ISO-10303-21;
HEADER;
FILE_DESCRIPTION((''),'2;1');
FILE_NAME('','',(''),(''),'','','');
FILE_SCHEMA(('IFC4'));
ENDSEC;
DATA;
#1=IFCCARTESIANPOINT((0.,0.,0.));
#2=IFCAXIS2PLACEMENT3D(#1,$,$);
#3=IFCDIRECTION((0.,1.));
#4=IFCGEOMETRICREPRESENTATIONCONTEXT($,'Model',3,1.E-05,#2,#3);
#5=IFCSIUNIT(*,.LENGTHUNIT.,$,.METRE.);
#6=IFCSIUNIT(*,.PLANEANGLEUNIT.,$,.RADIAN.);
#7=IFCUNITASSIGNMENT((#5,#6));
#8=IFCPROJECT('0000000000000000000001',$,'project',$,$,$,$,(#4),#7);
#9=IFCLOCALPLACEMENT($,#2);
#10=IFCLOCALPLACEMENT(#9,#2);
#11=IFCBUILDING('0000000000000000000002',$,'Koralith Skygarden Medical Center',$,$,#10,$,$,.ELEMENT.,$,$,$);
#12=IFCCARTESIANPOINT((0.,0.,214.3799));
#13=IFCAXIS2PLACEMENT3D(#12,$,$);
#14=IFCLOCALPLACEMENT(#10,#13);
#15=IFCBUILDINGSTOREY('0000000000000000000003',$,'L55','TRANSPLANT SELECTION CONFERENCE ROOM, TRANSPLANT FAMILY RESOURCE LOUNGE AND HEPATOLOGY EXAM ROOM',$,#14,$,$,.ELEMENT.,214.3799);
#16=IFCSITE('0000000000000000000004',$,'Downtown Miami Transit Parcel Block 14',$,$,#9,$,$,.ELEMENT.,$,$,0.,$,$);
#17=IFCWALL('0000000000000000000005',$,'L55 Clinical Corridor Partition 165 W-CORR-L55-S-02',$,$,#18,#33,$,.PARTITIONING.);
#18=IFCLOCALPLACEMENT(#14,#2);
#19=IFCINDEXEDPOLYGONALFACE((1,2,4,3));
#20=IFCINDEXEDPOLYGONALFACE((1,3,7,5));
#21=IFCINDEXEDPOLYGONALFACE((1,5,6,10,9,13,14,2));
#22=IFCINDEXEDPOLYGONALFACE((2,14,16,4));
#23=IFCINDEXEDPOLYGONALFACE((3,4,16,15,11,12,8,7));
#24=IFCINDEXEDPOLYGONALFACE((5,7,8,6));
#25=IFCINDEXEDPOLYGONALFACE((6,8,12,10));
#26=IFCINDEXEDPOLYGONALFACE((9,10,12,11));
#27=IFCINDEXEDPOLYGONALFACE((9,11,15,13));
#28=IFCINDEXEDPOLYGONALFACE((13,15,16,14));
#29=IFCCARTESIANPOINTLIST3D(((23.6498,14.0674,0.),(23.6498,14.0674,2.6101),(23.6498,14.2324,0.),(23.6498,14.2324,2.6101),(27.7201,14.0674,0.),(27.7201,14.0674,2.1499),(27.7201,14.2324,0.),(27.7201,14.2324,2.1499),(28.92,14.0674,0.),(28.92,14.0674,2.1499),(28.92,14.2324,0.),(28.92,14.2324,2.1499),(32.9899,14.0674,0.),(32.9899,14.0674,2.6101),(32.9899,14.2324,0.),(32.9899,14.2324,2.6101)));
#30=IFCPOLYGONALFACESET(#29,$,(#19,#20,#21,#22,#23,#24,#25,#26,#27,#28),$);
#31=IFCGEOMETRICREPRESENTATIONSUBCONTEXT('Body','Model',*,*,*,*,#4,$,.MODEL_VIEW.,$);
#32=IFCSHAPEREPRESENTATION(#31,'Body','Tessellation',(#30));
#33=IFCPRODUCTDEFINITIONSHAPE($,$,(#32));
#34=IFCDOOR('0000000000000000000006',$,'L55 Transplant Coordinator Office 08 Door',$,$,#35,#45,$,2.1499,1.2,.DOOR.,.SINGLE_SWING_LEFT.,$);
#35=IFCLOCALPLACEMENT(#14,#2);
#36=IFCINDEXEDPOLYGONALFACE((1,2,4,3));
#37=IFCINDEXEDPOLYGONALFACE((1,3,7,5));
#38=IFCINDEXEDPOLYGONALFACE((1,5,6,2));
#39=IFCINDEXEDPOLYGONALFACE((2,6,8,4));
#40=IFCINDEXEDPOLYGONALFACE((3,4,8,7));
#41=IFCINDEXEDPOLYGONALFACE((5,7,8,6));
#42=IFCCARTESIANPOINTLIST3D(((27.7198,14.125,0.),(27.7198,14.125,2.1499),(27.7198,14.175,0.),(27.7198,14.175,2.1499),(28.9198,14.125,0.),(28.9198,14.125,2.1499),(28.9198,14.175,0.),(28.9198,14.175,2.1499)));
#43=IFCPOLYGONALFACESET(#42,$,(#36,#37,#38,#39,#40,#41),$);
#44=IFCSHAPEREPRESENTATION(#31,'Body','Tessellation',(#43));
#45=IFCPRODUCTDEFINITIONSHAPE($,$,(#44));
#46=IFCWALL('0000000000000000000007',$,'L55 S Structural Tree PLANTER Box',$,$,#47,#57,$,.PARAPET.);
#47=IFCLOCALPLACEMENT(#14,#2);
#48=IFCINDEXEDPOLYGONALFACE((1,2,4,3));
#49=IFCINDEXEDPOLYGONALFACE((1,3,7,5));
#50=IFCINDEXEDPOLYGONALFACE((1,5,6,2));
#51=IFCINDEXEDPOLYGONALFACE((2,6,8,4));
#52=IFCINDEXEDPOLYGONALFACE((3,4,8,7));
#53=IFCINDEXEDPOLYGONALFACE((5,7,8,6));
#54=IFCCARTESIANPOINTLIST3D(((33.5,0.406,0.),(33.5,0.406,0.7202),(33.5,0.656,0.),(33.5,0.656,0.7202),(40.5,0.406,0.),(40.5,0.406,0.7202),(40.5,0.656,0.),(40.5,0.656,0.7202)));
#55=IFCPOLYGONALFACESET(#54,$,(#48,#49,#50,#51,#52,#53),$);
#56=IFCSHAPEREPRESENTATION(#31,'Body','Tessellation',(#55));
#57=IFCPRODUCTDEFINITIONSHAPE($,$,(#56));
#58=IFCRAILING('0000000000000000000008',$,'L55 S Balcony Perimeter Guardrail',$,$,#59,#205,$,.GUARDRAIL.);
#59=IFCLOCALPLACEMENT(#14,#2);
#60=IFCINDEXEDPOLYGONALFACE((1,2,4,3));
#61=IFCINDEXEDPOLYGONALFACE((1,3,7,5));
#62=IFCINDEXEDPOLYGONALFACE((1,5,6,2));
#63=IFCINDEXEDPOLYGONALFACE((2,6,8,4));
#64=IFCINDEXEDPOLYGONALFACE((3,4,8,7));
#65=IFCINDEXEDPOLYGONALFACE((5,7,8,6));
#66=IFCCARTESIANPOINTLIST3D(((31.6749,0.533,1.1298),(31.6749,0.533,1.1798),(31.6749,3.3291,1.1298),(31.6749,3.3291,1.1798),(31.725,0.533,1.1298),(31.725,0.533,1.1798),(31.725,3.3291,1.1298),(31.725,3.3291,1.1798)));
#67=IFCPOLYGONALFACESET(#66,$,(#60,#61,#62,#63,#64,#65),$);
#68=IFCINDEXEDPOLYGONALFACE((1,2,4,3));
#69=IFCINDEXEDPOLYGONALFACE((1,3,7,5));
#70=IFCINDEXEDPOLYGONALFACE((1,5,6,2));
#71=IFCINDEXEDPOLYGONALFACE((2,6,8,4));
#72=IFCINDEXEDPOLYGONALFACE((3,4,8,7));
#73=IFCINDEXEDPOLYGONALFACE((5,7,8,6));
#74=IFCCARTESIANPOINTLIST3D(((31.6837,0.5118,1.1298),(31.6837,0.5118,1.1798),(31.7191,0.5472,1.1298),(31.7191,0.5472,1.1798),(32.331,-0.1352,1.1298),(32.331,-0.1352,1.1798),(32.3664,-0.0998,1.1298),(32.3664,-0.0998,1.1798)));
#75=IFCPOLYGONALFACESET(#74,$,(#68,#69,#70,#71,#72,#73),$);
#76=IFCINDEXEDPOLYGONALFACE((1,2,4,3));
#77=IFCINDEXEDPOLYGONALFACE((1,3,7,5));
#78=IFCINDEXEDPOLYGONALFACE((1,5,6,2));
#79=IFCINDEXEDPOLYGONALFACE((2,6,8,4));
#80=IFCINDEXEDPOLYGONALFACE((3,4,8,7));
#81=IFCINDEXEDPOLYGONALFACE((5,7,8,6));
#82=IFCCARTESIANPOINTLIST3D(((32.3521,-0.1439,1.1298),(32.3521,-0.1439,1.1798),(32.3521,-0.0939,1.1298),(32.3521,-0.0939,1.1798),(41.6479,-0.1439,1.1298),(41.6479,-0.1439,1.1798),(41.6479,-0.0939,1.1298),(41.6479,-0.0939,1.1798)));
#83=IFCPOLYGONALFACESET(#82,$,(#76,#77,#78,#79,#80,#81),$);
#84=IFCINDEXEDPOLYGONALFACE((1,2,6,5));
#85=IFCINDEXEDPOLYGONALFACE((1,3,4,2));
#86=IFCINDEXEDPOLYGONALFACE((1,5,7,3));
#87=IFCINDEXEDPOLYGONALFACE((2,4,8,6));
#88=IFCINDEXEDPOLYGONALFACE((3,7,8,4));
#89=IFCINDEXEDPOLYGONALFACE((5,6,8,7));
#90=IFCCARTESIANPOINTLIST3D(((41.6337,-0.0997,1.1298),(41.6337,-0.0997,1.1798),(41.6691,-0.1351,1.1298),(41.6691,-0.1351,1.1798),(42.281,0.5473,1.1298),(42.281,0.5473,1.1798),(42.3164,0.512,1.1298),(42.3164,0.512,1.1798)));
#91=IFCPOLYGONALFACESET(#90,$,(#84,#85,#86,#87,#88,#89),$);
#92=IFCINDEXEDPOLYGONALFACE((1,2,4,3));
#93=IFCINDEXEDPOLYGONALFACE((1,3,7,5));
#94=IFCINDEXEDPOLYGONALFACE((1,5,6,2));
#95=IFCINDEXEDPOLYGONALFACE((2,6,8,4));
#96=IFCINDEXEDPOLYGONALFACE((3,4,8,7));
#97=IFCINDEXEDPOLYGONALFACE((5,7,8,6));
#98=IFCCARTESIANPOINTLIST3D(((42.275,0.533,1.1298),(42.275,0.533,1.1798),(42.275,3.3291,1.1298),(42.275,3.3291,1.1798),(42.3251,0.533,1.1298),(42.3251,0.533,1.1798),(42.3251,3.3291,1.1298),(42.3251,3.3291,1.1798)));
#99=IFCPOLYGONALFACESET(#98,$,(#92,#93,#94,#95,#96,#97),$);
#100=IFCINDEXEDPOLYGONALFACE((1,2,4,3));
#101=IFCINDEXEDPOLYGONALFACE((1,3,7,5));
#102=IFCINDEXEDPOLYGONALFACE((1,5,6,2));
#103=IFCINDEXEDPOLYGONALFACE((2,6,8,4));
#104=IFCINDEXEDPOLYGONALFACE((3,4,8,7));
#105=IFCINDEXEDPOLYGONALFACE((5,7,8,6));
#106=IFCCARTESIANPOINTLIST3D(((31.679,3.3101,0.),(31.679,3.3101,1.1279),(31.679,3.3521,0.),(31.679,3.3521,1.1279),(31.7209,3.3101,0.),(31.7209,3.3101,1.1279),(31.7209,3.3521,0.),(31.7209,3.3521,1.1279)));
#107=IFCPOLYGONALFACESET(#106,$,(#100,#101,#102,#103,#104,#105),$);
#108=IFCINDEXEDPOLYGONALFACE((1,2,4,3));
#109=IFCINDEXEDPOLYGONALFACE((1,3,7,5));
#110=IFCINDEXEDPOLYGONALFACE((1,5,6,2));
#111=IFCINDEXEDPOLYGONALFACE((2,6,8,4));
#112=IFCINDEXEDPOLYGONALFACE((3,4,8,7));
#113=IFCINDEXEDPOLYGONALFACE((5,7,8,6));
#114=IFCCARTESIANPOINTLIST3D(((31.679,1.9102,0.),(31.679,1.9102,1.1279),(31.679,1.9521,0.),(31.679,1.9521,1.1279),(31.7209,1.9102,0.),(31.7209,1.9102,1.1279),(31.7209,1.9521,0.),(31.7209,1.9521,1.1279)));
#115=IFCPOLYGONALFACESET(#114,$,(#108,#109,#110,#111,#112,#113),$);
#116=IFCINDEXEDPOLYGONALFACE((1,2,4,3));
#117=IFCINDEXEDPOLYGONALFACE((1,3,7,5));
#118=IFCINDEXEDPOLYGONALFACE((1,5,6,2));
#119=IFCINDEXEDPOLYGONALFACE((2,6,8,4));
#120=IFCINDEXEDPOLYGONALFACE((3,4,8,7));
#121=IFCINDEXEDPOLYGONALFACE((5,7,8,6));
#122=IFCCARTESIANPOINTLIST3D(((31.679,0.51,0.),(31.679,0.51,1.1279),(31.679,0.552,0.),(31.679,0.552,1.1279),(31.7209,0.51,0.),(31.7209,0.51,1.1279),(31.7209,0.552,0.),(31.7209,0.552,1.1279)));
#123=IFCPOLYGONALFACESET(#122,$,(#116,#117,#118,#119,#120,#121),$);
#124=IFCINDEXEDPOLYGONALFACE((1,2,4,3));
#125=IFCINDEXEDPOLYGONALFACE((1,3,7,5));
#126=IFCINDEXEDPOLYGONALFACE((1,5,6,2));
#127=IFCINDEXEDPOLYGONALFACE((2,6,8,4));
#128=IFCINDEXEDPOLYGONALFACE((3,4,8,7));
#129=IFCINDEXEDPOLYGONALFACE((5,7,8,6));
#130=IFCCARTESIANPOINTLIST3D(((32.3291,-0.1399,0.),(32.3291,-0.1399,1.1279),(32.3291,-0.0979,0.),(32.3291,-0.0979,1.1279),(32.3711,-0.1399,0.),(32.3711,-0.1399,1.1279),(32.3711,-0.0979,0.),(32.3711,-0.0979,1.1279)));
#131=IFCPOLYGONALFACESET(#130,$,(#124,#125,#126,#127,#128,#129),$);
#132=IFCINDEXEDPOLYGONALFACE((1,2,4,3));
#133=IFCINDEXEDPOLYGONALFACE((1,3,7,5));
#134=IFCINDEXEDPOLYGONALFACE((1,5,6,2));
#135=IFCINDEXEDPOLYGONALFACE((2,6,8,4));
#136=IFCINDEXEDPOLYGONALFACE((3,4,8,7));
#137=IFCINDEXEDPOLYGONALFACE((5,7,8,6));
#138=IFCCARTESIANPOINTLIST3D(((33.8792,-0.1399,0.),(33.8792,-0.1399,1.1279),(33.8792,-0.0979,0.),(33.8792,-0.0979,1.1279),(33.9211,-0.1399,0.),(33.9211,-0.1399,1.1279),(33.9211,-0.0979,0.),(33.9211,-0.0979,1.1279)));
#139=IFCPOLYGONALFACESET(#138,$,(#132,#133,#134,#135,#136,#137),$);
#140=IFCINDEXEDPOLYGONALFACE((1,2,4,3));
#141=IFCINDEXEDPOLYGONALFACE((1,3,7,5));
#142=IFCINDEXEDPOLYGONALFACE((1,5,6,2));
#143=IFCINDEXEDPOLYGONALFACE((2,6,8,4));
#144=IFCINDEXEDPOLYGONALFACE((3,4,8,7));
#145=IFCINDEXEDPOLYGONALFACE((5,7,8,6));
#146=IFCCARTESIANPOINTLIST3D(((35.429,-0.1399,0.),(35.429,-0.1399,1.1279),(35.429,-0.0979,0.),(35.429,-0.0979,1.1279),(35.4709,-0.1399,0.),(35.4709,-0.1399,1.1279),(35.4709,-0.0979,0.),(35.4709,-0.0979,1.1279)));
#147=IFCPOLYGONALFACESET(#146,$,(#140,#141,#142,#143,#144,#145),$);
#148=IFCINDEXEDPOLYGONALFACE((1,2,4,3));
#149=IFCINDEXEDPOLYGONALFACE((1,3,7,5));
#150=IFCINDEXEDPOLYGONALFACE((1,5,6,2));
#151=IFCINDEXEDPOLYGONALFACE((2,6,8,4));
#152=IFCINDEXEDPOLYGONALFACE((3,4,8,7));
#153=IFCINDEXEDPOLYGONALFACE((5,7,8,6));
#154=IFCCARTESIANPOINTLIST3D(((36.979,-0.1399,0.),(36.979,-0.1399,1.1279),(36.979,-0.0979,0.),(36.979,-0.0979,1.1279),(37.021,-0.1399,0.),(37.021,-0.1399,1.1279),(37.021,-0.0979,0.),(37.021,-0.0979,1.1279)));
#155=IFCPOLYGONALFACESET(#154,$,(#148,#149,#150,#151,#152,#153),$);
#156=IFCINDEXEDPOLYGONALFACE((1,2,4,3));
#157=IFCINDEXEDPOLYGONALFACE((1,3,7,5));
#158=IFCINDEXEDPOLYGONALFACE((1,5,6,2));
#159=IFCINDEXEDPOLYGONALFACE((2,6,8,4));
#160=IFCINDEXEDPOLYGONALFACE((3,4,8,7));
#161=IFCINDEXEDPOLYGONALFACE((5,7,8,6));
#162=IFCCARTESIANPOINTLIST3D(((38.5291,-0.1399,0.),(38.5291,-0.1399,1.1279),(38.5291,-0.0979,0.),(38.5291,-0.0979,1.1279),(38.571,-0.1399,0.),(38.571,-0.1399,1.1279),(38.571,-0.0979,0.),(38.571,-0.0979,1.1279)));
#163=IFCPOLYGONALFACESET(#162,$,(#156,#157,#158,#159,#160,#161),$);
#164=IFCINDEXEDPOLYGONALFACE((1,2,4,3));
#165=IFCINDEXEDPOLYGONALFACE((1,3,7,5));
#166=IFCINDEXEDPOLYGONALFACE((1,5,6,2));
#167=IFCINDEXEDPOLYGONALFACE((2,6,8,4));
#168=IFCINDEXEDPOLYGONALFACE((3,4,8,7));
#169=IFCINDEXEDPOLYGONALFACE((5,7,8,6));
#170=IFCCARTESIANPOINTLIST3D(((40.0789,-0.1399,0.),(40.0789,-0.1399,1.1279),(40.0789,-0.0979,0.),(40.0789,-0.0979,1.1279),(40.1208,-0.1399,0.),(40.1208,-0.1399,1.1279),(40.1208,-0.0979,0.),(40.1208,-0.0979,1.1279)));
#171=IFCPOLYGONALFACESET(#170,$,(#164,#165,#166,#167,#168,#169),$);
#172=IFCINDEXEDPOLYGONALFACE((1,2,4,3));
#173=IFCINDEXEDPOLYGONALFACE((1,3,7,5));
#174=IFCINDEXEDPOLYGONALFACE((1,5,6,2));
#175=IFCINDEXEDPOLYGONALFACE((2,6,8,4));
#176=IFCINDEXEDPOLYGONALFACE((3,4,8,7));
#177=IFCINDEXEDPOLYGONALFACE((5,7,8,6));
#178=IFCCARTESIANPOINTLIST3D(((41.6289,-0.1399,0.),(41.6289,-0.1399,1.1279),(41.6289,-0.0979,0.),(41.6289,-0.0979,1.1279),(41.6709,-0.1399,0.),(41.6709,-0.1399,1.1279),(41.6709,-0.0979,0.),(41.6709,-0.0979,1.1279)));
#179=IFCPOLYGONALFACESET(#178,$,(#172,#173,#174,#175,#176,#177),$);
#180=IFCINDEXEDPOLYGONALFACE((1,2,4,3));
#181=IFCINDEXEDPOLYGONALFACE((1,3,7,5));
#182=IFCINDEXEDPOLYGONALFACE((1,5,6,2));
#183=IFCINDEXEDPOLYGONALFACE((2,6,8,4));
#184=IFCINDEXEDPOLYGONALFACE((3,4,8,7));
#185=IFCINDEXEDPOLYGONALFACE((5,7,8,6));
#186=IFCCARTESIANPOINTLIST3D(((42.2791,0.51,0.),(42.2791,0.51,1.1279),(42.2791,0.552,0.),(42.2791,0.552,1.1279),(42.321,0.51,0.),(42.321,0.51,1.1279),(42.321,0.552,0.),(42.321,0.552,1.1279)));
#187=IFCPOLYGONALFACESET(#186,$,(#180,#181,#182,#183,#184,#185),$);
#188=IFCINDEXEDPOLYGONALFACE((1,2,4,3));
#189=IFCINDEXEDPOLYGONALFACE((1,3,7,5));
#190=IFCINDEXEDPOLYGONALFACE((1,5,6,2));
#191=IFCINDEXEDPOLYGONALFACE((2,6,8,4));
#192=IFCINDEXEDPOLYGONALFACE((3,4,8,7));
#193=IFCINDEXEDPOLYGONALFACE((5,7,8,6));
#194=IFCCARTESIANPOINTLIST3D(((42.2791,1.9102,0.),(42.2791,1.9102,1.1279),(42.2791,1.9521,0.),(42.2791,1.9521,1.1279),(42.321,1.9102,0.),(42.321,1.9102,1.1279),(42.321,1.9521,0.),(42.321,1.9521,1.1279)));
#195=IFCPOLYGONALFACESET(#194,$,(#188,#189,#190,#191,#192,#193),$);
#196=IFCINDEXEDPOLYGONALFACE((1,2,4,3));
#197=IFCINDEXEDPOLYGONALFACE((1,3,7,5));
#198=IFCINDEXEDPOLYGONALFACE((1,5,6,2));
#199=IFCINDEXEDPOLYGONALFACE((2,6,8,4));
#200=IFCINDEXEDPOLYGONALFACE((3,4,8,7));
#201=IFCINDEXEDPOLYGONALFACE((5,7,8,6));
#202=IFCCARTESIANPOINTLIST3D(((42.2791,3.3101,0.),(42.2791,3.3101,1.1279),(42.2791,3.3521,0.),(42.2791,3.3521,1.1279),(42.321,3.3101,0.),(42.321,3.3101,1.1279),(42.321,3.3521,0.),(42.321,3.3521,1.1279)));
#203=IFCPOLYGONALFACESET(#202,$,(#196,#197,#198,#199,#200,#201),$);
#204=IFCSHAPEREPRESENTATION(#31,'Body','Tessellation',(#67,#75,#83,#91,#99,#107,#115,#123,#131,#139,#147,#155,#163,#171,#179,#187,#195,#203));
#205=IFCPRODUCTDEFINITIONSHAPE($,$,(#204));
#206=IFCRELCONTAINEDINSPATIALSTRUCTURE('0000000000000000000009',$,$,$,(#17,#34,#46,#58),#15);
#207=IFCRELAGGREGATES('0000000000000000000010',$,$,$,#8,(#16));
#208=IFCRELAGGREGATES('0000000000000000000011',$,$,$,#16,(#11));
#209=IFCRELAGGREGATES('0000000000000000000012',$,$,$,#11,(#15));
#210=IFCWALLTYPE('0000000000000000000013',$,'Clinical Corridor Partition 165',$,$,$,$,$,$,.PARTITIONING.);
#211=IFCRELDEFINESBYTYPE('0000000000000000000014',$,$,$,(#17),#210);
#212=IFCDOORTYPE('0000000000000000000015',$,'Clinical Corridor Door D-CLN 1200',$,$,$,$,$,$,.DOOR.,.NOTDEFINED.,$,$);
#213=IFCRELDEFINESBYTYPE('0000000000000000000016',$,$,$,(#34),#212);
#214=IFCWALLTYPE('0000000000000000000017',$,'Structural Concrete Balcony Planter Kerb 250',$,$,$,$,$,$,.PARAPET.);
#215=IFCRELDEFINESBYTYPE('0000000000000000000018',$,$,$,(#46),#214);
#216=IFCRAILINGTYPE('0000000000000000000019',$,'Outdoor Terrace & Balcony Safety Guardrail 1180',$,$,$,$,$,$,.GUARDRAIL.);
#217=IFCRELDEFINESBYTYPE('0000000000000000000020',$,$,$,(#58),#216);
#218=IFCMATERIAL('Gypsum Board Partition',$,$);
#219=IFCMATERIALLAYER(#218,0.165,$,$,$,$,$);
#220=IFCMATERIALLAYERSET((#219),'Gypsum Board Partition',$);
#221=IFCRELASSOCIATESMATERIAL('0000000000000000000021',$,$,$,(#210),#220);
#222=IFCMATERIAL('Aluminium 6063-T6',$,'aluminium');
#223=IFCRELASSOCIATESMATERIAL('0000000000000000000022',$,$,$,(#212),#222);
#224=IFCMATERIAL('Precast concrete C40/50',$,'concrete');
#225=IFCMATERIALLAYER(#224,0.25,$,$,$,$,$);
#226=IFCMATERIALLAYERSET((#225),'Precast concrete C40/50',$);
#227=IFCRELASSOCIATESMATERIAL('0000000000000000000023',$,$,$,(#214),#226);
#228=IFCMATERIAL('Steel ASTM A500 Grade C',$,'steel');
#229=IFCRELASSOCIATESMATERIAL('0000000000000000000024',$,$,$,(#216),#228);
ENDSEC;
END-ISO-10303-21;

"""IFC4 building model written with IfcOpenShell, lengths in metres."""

from ifc_helpers import new_model, si_unit, direction, frame, frame_2d, origin, origin_2d, place, context, subcontext, project, spatial, rectangle, extrude, material, layer, layer_set, type_object, element, fill, save


model = new_model("IFC4")

# Units and contexts
model_context = context("Model", 3, precision=1e-05, world=origin(), true_north=direction((0.0, 1.0)))
body_context = subcontext(model_context, "Body", "Model", "MODEL_VIEW")
ifc_project = project(units=[si_unit("LENGTHUNIT", "METRE"), si_unit("PLANEANGLEUNIT", "RADIAN")], contexts=[model_context])

# Site, building, storey
site_placement = place(None, origin())
site = spatial("IfcSite", under=ifc_project, at=site_placement, Name="Downtown Miami Transit Parcel Block 14", CompositionType="ELEMENT", RefElevation=0.0)
building_placement = place(site_placement, origin())
building = spatial("IfcBuilding", under=site, at=building_placement, Name="Koralith Skygarden Medical Center", CompositionType="ELEMENT")
storey_placement = place(building_placement, frame((0.0, 0.0, 214.3799)))
storey = spatial("IfcBuildingStorey", under=building, at=storey_placement, Name="L55", Description="TRANSPLANT SELECTION CONFERENCE ROOM, TRANSPLANT FAMILY RESOURCE LOUNGE AND HEPATOLOGY EXAM ROOM", CompositionType="ELEMENT", Elevation=214.3799)

# Shared definitions
ifc_material_1 = material(Name="Aluminium 6063-T6", Category="aluminium")

# Shared definitions
ifc_material_2 = material(Name="Gypsum Board Partition")

# Wall, opening, door
ifc_layer_1 = layer(ifc_material_2, 0.165)
ifc_layer_set_1 = layer_set([ifc_layer_1], Name="Gypsum Board Partition")
wall_type_1 = type_object("IfcWallType", Name="Clinical Corridor Partition 165", PredefinedType="PARTITIONING", material=ifc_layer_set_1)
wall_1_placement = place(storey_placement, frame((23.6499, 14.1499, 0.0), z_axis=(0.0, 0.0, 1.0), x_axis=(1.0, 0.0, 0.0)))
wall_1 = element("IfcWall", 1, at=wall_1_placement, inside=storey, type_object=wall_type_1, Name="L55 Clinical Corridor Partition 165 W-CORR-L55-S-02", PredefinedType="PARTITIONING", context=body_context, shape_type="SweptSolid", body=[
    extrude(rectangle(XDim=9.3401, YDim=0.165, at=frame_2d((4.6699, 0.0))), origin(), (0.0, 0.0, 1.0), 2.6101),
])
opening_1_placement = place(wall_1_placement, frame((4.0701, 0.0, 0.0)))
opening_1 = element("IfcOpeningElement", 2, at=opening_1_placement, cuts=wall_1, PredefinedType="OPENING", context=body_context, shape_type="SweptSolid", body=[
    extrude(rectangle(XDim=1.2, YDim=2.1499, at=frame_2d((0.6001, 1.075))), frame((0.0, 0.0925, 0.0), z_axis=(0.0, -1.0, 0.0), x_axis=(1.0, 0.0, 0.0)), (0.0, 0.0, 1.0), 0.1851),
])
door_type_1 = type_object("IfcDoorType", Name="Clinical Corridor Door D-CLN 1200", OperationType="NOTDEFINED", PredefinedType="DOOR", material=ifc_material_1)
door_1_placement = place(opening_1_placement, frame((1.2, 0.0, 0.0), z_axis=(0.0, 0.0, 1.0), x_axis=(-1.0, 0.0, 0.0)))
door_1 = element("IfcDoor", 3, at=door_1_placement, inside=storey, type_object=door_type_1, Name="L55 Transplant Coordinator Office 08 Door", OperationType="SINGLE_SWING_LEFT", OverallHeight=2.1499, OverallWidth=1.2, PredefinedType="DOOR", context=body_context, shape_type="SweptSolid", body=[
    extrude(rectangle(XDim=1.2, YDim=2.1499, at=frame_2d((0.6001, 1.075))), frame((0.0, 0.0249, 0.0), z_axis=(0.0, -1.0, 0.0), x_axis=(1.0, 0.0, 0.0)), (0.0, 0.0, 1.0), 0.05),
])
fill(opening_1, door_1)

# Wall
ifc_material_3 = material(Name="Precast concrete C40/50", Category="concrete")
ifc_layer_2 = layer(ifc_material_3, 0.25)
ifc_layer_set_2 = layer_set([ifc_layer_2], Name="Precast concrete C40/50")
wall_type_2 = type_object("IfcWallType", Name="Structural Concrete Balcony Planter Kerb 250", PredefinedType="PARAPET", material=ifc_layer_set_2)
wall_2_placement = place(storey_placement, frame((33.5, 0.531, 0.0), z_axis=(0.0, 0.0, 1.0), x_axis=(1.0, 0.0, 0.0)))
element("IfcWall", 4, at=wall_2_placement, inside=storey, type_object=wall_type_2, Name="L55 S Structural Tree PLANTER Box", PredefinedType="PARAPET", context=body_context, shape_type="SweptSolid", body=[
    extrude(rectangle(XDim=7.0, YDim=0.25, at=frame_2d((3.5, 0.0))), origin(), (0.0, 0.0, 1.0), 0.7202),
])

# Railing
ifc_material_4 = material(Name="Steel ASTM A500 Grade C", Category="steel")
railing_type = type_object("IfcRailingType", Name="Outdoor Terrace & Balcony Safety Guardrail 1180", PredefinedType="GUARDRAIL", material=ifc_material_4)
railing_placement = place(storey_placement, frame((31.7, 3.3311, 0.0)))
element("IfcRailing", 5, at=railing_placement, inside=storey, type_object=railing_type, Name="L55 S Balcony Perimeter Guardrail", PredefinedType="GUARDRAIL", context=body_context, shape_type="SweptSolid", body=[
    extrude(rectangle(XDim=0.05, YDim=0.05, at=origin_2d()), frame((0.0, -0.002, 1.1548), z_axis=(0.0, -1.0, 0.0), x_axis=(1.0, 0.0, 0.0)), (0.0, 0.0, 1.0), 2.7961),
    extrude(rectangle(XDim=0.05, YDim=0.05, at=origin_2d()), frame((0.0015, -2.8015, 1.1548), z_axis=(0.70724, -0.706974, 0.0), x_axis=(0.706974, 0.70724, 0.0)), (0.0, 0.0, 1.0), 0.9153),
    extrude(rectangle(XDim=0.05, YDim=0.05, at=origin_2d()), frame((0.6521, -3.45, 1.1548), z_axis=(1.0, 0.0, 0.0), x_axis=(0.0, 1.0, 0.0)), (0.0, 0.0, 1.0), 9.2959),
    extrude(rectangle(XDim=0.05, YDim=0.05, at=origin_2d()), frame((9.9514, -3.4485, 1.1548), z_axis=(0.70724, 0.706974, 0.0), x_axis=(-0.706974, 0.70724, 0.0)), (0.0, 0.0, 1.0), 0.9153),
    extrude(rectangle(XDim=0.05, YDim=0.05, at=origin_2d()), frame((10.6001, -2.7981, 1.1548), z_axis=(0.0, 1.0, 0.0), x_axis=(-1.0, 0.0, 0.0)), (0.0, 0.0, 1.0), 2.7961),
    extrude(rectangle(XDim=0.042, YDim=0.042, at=origin_2d()), origin(), (0.0, 0.0, 1.0), 1.1279),
    extrude(rectangle(XDim=0.042, YDim=0.042, at=origin_2d()), frame((0.0, -1.3999, 0.0)), (0.0, 0.0, 1.0), 1.1279),
    extrude(rectangle(XDim=0.042, YDim=0.042, at=origin_2d()), frame((0.0, -2.8, 0.0)), (0.0, 0.0, 1.0), 1.1279),
    extrude(rectangle(XDim=0.042, YDim=0.042, at=origin_2d()), frame((0.6501, -3.45, 0.0)), (0.0, 0.0, 1.0), 1.1279),
    extrude(rectangle(XDim=0.042, YDim=0.042, at=origin_2d()), frame((2.2002, -3.45, 0.0)), (0.0, 0.0, 1.0), 1.1279),
    extrude(rectangle(XDim=0.042, YDim=0.042, at=origin_2d()), frame((3.75, -3.45, 0.0)), (0.0, 0.0, 1.0), 1.1279),
    extrude(rectangle(XDim=0.042, YDim=0.042, at=origin_2d()), frame((5.3, -3.45, 0.0)), (0.0, 0.0, 1.0), 1.1279),
    extrude(rectangle(XDim=0.042, YDim=0.042, at=origin_2d()), frame((6.8501, -3.45, 0.0)), (0.0, 0.0, 1.0), 1.1279),
    extrude(rectangle(XDim=0.042, YDim=0.042, at=origin_2d()), frame((8.3999, -3.45, 0.0)), (0.0, 0.0, 1.0), 1.1279),
    extrude(rectangle(XDim=0.042, YDim=0.042, at=origin_2d()), frame((9.95, -3.45, 0.0)), (0.0, 0.0, 1.0), 1.1279),
    extrude(rectangle(XDim=0.042, YDim=0.042, at=origin_2d()), frame((10.6001, -2.8, 0.0)), (0.0, 0.0, 1.0), 1.1279),
    extrude(rectangle(XDim=0.042, YDim=0.042, at=origin_2d()), frame((10.6001, -1.3999, 0.0)), (0.0, 0.0, 1.0), 1.1279),
    extrude(rectangle(XDim=0.042, YDim=0.042, at=origin_2d()), frame((10.6001, 0.0, 0.0)), (0.0, 0.0, 1.0), 1.1279),
])

save(model, "model.ifc")
